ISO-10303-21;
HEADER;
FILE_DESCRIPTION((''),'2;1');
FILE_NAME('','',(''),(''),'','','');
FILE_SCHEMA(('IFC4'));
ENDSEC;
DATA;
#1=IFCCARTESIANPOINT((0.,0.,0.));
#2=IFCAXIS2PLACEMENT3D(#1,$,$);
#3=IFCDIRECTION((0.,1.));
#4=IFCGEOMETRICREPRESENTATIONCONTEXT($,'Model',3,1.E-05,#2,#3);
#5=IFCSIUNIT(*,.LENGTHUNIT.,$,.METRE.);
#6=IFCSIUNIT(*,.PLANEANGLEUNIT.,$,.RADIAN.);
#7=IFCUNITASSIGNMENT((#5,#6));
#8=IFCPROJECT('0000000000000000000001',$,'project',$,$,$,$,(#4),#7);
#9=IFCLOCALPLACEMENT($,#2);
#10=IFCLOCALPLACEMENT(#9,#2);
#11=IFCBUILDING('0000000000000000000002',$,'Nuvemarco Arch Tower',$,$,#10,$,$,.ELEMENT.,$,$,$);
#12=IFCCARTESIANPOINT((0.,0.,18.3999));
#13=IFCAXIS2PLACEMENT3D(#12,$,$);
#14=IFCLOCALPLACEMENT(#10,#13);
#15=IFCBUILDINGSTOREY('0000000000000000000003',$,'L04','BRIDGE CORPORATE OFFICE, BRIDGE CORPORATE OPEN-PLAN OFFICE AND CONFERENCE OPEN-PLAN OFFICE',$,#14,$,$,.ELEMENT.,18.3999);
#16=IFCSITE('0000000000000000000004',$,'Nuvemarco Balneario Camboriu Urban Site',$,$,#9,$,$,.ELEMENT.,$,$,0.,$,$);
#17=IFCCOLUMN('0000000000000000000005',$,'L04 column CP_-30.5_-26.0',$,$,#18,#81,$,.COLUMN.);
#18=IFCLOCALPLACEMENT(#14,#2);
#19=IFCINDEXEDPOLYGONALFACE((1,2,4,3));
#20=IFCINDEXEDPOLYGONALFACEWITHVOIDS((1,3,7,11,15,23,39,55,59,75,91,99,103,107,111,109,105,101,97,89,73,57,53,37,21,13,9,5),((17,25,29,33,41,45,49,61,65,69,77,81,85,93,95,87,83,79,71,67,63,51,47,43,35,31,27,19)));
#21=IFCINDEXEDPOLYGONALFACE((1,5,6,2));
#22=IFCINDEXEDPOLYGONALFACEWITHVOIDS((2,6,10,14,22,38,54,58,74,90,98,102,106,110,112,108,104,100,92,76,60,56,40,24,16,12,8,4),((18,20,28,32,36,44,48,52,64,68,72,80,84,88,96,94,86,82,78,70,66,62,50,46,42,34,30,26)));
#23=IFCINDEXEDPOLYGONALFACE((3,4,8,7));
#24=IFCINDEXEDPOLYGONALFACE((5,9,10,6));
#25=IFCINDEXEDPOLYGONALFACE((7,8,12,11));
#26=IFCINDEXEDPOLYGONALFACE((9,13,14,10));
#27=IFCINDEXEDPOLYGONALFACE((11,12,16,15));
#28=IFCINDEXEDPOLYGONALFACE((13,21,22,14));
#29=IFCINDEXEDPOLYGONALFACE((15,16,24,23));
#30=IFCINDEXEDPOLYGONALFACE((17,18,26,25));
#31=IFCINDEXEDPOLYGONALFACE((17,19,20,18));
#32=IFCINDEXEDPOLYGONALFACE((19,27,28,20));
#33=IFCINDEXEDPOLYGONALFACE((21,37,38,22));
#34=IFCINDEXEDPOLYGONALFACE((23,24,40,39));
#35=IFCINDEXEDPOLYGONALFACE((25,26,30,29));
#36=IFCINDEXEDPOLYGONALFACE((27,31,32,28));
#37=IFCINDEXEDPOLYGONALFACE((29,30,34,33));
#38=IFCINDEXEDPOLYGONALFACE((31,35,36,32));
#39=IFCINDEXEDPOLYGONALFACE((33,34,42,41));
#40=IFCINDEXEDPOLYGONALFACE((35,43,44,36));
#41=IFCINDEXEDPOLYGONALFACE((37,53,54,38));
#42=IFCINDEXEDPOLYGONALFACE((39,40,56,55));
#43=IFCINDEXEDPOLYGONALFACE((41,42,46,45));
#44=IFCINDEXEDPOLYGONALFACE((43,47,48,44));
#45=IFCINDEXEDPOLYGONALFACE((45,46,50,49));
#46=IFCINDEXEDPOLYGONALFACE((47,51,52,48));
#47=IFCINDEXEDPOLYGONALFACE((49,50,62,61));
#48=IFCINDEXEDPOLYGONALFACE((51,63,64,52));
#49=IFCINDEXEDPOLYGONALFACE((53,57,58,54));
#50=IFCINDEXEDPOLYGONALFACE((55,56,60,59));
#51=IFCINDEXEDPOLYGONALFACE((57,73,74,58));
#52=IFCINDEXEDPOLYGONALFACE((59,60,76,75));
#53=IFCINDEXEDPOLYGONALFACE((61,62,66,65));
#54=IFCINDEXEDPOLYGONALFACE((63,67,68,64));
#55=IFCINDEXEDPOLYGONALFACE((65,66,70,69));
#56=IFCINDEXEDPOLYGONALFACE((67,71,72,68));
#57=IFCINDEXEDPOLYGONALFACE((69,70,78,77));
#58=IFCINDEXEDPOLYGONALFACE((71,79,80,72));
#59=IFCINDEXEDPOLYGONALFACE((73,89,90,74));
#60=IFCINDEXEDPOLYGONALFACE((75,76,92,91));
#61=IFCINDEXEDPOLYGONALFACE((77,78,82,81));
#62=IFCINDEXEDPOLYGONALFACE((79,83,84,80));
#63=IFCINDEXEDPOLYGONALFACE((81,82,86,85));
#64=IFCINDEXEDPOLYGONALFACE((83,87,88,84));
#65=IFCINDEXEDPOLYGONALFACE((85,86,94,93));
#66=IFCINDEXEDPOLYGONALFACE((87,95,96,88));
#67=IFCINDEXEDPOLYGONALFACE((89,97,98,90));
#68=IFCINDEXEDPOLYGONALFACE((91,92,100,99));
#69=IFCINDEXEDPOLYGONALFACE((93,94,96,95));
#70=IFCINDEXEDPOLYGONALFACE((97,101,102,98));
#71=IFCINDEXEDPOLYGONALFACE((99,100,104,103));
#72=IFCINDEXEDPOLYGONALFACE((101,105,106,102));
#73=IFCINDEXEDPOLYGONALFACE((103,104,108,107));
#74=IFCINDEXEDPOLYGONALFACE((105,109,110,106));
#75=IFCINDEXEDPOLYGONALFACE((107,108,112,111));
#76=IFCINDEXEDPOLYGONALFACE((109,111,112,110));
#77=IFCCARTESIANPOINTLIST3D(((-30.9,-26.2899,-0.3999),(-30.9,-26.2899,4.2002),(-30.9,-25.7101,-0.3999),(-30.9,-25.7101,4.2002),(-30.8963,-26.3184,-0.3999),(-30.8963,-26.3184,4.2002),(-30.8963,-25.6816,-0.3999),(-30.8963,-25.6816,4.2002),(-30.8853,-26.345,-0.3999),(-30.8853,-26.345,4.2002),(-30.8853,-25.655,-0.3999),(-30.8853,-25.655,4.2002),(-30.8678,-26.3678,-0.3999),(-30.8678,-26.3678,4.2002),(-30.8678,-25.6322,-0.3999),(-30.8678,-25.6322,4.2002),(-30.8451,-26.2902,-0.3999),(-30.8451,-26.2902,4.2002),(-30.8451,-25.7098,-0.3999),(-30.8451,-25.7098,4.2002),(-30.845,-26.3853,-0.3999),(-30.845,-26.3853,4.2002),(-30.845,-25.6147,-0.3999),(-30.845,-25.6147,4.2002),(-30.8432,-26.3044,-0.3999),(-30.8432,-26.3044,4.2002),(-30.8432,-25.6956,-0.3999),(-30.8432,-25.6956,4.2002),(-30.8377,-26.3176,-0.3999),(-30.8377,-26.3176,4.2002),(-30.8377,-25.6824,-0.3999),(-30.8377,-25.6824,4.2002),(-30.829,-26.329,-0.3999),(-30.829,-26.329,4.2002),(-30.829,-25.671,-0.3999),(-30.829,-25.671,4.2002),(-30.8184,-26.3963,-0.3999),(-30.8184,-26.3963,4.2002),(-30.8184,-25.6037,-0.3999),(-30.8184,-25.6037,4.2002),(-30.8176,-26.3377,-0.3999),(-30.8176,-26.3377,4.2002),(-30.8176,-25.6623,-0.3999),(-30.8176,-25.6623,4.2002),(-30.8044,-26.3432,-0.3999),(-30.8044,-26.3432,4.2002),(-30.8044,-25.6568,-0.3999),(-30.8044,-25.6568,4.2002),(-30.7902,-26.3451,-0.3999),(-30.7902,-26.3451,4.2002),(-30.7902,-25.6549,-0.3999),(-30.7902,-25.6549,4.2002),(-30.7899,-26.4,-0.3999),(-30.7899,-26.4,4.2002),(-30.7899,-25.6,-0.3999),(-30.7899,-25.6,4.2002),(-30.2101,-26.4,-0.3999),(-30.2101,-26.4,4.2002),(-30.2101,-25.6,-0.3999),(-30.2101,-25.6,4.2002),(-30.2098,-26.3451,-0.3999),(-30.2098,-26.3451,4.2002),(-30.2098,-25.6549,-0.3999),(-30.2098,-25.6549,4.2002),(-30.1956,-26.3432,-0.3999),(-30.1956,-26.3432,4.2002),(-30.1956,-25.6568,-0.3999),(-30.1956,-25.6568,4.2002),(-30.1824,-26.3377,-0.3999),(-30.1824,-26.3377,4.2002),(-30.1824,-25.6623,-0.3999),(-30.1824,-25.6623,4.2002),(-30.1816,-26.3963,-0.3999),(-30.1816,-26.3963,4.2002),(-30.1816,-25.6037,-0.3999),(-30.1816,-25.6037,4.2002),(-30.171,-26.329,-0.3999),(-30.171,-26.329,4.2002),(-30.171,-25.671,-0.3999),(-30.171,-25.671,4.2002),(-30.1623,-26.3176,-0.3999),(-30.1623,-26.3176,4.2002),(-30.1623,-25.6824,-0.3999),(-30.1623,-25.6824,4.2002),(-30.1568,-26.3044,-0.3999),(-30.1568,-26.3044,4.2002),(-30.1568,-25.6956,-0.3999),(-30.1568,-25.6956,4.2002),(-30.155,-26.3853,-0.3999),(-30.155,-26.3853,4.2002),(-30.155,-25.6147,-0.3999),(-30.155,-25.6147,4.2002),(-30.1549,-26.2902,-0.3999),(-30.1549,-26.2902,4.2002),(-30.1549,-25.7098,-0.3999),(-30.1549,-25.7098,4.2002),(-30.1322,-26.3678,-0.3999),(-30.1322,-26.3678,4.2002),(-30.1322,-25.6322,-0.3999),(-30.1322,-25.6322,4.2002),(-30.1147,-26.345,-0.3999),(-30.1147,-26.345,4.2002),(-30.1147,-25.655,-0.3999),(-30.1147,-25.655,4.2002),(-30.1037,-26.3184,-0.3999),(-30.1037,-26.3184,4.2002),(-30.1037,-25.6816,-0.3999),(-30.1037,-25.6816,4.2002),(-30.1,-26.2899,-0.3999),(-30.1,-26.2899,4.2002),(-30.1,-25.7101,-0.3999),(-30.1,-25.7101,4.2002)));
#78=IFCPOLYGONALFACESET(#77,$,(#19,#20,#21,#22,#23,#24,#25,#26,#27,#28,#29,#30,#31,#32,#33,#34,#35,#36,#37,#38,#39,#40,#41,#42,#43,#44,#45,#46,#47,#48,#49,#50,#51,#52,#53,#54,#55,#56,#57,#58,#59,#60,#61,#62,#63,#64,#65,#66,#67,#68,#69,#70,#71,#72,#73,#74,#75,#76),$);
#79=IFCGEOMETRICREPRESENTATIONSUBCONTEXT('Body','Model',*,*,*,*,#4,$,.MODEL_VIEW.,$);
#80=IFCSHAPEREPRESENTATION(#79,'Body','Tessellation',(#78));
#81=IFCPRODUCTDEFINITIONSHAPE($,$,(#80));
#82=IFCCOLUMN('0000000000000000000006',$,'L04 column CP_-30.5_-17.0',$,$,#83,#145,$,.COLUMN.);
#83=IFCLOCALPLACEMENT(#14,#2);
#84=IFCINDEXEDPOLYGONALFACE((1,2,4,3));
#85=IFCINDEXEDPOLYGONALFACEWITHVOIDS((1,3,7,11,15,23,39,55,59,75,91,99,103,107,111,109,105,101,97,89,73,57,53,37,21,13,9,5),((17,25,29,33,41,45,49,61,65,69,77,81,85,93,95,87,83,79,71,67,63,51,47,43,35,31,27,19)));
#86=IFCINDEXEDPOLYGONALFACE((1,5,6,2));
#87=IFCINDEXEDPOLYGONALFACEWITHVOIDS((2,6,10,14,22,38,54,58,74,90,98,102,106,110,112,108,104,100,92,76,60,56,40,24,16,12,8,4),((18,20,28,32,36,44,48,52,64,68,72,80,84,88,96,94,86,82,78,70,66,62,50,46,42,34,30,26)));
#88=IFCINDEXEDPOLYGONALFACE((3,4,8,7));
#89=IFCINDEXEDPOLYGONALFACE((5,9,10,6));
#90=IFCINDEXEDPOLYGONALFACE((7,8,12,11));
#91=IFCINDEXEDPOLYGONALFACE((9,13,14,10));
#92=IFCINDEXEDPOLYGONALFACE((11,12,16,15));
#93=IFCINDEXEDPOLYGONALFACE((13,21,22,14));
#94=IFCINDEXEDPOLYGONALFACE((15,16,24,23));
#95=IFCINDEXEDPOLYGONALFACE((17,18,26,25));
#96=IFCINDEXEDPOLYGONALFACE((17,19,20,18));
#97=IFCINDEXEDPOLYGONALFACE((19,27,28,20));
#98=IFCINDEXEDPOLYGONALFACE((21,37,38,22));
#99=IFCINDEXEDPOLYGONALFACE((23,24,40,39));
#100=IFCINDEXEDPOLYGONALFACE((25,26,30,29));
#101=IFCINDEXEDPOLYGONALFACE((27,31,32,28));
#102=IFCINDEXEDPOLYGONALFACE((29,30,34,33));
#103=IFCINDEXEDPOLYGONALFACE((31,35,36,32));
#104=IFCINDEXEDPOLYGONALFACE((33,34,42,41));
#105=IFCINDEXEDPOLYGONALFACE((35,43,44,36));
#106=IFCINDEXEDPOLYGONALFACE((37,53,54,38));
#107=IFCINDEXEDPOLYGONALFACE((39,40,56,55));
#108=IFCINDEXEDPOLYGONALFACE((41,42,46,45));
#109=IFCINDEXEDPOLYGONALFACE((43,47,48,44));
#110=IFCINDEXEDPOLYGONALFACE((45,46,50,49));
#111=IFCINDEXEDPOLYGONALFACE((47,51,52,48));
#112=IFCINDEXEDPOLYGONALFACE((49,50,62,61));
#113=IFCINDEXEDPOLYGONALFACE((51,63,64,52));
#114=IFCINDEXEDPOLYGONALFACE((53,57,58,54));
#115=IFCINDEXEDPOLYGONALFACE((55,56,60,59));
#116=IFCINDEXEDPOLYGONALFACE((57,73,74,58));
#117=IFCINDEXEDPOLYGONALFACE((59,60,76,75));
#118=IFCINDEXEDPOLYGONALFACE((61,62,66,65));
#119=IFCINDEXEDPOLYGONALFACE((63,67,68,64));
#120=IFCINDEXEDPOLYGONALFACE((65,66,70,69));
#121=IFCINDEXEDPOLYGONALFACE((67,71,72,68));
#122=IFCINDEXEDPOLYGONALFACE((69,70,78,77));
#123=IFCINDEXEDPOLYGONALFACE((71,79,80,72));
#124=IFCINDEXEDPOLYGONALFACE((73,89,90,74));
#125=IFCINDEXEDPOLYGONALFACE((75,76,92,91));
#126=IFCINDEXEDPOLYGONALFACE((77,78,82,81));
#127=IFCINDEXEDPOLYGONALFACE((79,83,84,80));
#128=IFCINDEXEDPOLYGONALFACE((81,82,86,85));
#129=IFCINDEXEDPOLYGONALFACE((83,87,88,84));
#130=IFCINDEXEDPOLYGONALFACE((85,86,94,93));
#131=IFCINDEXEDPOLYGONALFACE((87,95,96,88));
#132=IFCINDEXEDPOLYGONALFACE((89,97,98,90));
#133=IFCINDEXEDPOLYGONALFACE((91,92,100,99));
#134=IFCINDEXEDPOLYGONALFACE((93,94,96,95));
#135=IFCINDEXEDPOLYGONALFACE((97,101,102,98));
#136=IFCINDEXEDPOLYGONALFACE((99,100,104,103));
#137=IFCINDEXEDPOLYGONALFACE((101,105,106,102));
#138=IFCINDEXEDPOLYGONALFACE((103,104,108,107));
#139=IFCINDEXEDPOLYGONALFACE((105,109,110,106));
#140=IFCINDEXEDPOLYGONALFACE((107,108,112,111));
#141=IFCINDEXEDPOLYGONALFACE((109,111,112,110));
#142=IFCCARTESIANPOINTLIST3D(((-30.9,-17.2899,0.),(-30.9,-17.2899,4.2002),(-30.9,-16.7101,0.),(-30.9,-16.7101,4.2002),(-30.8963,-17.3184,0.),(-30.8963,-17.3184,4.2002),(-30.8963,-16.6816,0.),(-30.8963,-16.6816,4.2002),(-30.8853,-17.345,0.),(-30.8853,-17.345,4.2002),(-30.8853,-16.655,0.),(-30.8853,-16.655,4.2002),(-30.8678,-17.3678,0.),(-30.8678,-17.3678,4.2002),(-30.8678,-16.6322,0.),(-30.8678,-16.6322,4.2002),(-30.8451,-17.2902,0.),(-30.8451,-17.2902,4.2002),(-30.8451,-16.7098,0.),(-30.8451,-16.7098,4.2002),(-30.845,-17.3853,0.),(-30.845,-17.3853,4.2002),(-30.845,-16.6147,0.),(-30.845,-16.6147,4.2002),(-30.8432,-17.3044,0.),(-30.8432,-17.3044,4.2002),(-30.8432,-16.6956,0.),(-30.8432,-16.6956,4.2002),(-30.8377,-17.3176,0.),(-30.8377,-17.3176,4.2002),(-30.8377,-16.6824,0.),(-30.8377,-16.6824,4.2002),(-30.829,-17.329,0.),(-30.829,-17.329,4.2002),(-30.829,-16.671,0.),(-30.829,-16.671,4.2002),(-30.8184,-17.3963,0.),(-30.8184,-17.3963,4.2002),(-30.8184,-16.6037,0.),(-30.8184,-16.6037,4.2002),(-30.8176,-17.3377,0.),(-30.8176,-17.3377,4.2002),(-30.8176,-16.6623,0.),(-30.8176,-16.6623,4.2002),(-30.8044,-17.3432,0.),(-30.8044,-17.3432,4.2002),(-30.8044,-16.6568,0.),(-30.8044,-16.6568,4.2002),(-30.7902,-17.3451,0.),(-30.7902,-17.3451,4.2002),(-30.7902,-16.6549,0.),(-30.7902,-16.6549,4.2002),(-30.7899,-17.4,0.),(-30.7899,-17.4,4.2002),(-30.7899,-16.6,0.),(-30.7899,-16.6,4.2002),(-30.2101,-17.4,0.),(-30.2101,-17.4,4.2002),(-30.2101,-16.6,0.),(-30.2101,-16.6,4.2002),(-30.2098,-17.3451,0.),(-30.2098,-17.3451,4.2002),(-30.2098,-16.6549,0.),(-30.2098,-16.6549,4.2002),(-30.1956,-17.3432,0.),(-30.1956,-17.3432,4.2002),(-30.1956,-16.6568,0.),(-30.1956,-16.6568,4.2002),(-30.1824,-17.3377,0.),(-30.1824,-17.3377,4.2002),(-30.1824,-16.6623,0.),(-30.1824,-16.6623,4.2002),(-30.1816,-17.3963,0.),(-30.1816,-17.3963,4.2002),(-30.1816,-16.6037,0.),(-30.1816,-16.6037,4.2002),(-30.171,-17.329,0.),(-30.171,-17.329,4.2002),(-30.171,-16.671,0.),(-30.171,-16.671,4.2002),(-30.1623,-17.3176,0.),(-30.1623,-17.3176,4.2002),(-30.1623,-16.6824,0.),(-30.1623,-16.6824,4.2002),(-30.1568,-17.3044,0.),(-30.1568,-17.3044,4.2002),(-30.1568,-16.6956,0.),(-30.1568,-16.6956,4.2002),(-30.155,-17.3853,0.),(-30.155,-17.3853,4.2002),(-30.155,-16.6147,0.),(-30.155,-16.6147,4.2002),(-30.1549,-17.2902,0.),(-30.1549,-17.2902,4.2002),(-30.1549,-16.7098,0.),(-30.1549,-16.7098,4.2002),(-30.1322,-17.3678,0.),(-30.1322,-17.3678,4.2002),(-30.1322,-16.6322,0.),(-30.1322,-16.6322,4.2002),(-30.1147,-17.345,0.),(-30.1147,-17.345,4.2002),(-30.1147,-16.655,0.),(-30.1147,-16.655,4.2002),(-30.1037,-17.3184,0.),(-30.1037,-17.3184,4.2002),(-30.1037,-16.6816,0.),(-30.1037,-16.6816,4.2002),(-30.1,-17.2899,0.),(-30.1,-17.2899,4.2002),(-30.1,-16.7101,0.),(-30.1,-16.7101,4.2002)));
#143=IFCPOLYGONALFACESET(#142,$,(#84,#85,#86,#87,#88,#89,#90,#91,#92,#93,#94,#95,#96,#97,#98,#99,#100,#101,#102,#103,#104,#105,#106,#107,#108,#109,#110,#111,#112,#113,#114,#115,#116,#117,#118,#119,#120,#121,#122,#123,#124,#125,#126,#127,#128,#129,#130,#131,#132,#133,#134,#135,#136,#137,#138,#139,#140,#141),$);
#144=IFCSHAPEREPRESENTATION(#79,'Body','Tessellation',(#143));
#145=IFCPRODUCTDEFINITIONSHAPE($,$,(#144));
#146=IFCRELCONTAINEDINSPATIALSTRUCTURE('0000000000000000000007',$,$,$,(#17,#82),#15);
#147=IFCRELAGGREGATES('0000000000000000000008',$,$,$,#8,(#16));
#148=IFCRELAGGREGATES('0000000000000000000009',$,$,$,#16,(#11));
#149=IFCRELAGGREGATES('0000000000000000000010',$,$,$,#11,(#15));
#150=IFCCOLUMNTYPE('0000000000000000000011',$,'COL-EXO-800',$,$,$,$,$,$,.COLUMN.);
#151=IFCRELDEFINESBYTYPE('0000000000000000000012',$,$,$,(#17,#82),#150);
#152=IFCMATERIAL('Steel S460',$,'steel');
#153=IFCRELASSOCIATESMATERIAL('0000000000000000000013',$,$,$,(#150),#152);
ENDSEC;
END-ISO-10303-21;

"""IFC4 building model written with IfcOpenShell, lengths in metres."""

from ifc_helpers import new_model, si_unit, direction, frame, origin, origin_2d, place, context, subcontext, project, spatial, hollow_rectangle, extrude, material, material_profile, profile_set, type_object, element, save


model = new_model("IFC4")

# Units and contexts
model_context = context("Model", 3, precision=1e-05, world=origin(), true_north=direction((0.0, 1.0)))
body_context = subcontext(model_context, "Body", "Model", "MODEL_VIEW")
ifc_project = project(units=[si_unit("LENGTHUNIT", "METRE"), si_unit("PLANEANGLEUNIT", "RADIAN")], contexts=[model_context])

# Site, building, storey
site_placement = place(None, origin())
site = spatial("IfcSite", under=ifc_project, at=site_placement, Name="Nuvemarco Balneario Camboriu Urban Site", CompositionType="ELEMENT", RefElevation=0.0)
building_placement = place(site_placement, origin())
building = spatial("IfcBuilding", under=site, at=building_placement, Name="Nuvemarco Arch Tower", CompositionType="ELEMENT")
storey_placement = place(building_placement, frame((0.0, 0.0, 18.3999)))
storey = spatial("IfcBuildingStorey", under=building, at=storey_placement, Name="L04", Description="BRIDGE CORPORATE OFFICE, BRIDGE CORPORATE OPEN-PLAN OFFICE AND CONFERENCE OPEN-PLAN OFFICE", CompositionType="ELEMENT", Elevation=18.3999)

# Columns
ifc_material_1 = material(Name="Steel S460", Category="steel")
ifc_material_profile_1 = material_profile(ifc_material_1, hollow_rectangle(XDim=0.8, YDim=0.8, WallThickness=0.0549, InnerFilletRadius=0.0549, OuterFilletRadius=0.1101, at=origin_2d()), Name="SHS800x800x55")
ifc_profile_set_1 = profile_set([ifc_material_profile_1], Name="Steel S460")
column_type = type_object("IfcColumnType", Name="COL-EXO-800", PredefinedType="COLUMN", material=ifc_profile_set_1)
column_placement = place(storey_placement, frame((-30.5, -26.0, -0.3999), z_axis=(0.0, 0.0, 1.0), x_axis=(1.0, 0.0, 0.0)))
element("IfcColumn", 1, at=column_placement, inside=storey, type_object=column_type, Name="L04 column CP_-30.5_-26.0", PredefinedType="COLUMN", context=body_context, shape_type="SweptSolid", body=[
    extrude(hollow_rectangle(XDim=0.8, YDim=0.8, WallThickness=0.0549, InnerFilletRadius=0.0549, OuterFilletRadius=0.1101, at=origin_2d()), origin(), (0.0, 0.0, 1.0), 4.6001),
])
for number, where, z_axis, x_axis, name in (
    (2, (-30.5, -17.0, 0.0), (0.0, 0.0, 1.0), (1.0, 0.0, 0.0), "L04 column CP_-30.5_-17.0"),
):
    element("IfcColumn", number, at=place(storey_placement, frame(where, z_axis=z_axis, x_axis=x_axis)), inside=storey, type_object=column_type, Name=name, PredefinedType="COLUMN", context=body_context, shape_type="SweptSolid", body=[
        extrude(hollow_rectangle(XDim=0.8, YDim=0.8, WallThickness=0.0549, InnerFilletRadius=0.0549, OuterFilletRadius=0.1101, at=origin_2d()), origin(), (0.0, 0.0, 1.0), 4.2002),
    ])

save(model, "model.ifc")
